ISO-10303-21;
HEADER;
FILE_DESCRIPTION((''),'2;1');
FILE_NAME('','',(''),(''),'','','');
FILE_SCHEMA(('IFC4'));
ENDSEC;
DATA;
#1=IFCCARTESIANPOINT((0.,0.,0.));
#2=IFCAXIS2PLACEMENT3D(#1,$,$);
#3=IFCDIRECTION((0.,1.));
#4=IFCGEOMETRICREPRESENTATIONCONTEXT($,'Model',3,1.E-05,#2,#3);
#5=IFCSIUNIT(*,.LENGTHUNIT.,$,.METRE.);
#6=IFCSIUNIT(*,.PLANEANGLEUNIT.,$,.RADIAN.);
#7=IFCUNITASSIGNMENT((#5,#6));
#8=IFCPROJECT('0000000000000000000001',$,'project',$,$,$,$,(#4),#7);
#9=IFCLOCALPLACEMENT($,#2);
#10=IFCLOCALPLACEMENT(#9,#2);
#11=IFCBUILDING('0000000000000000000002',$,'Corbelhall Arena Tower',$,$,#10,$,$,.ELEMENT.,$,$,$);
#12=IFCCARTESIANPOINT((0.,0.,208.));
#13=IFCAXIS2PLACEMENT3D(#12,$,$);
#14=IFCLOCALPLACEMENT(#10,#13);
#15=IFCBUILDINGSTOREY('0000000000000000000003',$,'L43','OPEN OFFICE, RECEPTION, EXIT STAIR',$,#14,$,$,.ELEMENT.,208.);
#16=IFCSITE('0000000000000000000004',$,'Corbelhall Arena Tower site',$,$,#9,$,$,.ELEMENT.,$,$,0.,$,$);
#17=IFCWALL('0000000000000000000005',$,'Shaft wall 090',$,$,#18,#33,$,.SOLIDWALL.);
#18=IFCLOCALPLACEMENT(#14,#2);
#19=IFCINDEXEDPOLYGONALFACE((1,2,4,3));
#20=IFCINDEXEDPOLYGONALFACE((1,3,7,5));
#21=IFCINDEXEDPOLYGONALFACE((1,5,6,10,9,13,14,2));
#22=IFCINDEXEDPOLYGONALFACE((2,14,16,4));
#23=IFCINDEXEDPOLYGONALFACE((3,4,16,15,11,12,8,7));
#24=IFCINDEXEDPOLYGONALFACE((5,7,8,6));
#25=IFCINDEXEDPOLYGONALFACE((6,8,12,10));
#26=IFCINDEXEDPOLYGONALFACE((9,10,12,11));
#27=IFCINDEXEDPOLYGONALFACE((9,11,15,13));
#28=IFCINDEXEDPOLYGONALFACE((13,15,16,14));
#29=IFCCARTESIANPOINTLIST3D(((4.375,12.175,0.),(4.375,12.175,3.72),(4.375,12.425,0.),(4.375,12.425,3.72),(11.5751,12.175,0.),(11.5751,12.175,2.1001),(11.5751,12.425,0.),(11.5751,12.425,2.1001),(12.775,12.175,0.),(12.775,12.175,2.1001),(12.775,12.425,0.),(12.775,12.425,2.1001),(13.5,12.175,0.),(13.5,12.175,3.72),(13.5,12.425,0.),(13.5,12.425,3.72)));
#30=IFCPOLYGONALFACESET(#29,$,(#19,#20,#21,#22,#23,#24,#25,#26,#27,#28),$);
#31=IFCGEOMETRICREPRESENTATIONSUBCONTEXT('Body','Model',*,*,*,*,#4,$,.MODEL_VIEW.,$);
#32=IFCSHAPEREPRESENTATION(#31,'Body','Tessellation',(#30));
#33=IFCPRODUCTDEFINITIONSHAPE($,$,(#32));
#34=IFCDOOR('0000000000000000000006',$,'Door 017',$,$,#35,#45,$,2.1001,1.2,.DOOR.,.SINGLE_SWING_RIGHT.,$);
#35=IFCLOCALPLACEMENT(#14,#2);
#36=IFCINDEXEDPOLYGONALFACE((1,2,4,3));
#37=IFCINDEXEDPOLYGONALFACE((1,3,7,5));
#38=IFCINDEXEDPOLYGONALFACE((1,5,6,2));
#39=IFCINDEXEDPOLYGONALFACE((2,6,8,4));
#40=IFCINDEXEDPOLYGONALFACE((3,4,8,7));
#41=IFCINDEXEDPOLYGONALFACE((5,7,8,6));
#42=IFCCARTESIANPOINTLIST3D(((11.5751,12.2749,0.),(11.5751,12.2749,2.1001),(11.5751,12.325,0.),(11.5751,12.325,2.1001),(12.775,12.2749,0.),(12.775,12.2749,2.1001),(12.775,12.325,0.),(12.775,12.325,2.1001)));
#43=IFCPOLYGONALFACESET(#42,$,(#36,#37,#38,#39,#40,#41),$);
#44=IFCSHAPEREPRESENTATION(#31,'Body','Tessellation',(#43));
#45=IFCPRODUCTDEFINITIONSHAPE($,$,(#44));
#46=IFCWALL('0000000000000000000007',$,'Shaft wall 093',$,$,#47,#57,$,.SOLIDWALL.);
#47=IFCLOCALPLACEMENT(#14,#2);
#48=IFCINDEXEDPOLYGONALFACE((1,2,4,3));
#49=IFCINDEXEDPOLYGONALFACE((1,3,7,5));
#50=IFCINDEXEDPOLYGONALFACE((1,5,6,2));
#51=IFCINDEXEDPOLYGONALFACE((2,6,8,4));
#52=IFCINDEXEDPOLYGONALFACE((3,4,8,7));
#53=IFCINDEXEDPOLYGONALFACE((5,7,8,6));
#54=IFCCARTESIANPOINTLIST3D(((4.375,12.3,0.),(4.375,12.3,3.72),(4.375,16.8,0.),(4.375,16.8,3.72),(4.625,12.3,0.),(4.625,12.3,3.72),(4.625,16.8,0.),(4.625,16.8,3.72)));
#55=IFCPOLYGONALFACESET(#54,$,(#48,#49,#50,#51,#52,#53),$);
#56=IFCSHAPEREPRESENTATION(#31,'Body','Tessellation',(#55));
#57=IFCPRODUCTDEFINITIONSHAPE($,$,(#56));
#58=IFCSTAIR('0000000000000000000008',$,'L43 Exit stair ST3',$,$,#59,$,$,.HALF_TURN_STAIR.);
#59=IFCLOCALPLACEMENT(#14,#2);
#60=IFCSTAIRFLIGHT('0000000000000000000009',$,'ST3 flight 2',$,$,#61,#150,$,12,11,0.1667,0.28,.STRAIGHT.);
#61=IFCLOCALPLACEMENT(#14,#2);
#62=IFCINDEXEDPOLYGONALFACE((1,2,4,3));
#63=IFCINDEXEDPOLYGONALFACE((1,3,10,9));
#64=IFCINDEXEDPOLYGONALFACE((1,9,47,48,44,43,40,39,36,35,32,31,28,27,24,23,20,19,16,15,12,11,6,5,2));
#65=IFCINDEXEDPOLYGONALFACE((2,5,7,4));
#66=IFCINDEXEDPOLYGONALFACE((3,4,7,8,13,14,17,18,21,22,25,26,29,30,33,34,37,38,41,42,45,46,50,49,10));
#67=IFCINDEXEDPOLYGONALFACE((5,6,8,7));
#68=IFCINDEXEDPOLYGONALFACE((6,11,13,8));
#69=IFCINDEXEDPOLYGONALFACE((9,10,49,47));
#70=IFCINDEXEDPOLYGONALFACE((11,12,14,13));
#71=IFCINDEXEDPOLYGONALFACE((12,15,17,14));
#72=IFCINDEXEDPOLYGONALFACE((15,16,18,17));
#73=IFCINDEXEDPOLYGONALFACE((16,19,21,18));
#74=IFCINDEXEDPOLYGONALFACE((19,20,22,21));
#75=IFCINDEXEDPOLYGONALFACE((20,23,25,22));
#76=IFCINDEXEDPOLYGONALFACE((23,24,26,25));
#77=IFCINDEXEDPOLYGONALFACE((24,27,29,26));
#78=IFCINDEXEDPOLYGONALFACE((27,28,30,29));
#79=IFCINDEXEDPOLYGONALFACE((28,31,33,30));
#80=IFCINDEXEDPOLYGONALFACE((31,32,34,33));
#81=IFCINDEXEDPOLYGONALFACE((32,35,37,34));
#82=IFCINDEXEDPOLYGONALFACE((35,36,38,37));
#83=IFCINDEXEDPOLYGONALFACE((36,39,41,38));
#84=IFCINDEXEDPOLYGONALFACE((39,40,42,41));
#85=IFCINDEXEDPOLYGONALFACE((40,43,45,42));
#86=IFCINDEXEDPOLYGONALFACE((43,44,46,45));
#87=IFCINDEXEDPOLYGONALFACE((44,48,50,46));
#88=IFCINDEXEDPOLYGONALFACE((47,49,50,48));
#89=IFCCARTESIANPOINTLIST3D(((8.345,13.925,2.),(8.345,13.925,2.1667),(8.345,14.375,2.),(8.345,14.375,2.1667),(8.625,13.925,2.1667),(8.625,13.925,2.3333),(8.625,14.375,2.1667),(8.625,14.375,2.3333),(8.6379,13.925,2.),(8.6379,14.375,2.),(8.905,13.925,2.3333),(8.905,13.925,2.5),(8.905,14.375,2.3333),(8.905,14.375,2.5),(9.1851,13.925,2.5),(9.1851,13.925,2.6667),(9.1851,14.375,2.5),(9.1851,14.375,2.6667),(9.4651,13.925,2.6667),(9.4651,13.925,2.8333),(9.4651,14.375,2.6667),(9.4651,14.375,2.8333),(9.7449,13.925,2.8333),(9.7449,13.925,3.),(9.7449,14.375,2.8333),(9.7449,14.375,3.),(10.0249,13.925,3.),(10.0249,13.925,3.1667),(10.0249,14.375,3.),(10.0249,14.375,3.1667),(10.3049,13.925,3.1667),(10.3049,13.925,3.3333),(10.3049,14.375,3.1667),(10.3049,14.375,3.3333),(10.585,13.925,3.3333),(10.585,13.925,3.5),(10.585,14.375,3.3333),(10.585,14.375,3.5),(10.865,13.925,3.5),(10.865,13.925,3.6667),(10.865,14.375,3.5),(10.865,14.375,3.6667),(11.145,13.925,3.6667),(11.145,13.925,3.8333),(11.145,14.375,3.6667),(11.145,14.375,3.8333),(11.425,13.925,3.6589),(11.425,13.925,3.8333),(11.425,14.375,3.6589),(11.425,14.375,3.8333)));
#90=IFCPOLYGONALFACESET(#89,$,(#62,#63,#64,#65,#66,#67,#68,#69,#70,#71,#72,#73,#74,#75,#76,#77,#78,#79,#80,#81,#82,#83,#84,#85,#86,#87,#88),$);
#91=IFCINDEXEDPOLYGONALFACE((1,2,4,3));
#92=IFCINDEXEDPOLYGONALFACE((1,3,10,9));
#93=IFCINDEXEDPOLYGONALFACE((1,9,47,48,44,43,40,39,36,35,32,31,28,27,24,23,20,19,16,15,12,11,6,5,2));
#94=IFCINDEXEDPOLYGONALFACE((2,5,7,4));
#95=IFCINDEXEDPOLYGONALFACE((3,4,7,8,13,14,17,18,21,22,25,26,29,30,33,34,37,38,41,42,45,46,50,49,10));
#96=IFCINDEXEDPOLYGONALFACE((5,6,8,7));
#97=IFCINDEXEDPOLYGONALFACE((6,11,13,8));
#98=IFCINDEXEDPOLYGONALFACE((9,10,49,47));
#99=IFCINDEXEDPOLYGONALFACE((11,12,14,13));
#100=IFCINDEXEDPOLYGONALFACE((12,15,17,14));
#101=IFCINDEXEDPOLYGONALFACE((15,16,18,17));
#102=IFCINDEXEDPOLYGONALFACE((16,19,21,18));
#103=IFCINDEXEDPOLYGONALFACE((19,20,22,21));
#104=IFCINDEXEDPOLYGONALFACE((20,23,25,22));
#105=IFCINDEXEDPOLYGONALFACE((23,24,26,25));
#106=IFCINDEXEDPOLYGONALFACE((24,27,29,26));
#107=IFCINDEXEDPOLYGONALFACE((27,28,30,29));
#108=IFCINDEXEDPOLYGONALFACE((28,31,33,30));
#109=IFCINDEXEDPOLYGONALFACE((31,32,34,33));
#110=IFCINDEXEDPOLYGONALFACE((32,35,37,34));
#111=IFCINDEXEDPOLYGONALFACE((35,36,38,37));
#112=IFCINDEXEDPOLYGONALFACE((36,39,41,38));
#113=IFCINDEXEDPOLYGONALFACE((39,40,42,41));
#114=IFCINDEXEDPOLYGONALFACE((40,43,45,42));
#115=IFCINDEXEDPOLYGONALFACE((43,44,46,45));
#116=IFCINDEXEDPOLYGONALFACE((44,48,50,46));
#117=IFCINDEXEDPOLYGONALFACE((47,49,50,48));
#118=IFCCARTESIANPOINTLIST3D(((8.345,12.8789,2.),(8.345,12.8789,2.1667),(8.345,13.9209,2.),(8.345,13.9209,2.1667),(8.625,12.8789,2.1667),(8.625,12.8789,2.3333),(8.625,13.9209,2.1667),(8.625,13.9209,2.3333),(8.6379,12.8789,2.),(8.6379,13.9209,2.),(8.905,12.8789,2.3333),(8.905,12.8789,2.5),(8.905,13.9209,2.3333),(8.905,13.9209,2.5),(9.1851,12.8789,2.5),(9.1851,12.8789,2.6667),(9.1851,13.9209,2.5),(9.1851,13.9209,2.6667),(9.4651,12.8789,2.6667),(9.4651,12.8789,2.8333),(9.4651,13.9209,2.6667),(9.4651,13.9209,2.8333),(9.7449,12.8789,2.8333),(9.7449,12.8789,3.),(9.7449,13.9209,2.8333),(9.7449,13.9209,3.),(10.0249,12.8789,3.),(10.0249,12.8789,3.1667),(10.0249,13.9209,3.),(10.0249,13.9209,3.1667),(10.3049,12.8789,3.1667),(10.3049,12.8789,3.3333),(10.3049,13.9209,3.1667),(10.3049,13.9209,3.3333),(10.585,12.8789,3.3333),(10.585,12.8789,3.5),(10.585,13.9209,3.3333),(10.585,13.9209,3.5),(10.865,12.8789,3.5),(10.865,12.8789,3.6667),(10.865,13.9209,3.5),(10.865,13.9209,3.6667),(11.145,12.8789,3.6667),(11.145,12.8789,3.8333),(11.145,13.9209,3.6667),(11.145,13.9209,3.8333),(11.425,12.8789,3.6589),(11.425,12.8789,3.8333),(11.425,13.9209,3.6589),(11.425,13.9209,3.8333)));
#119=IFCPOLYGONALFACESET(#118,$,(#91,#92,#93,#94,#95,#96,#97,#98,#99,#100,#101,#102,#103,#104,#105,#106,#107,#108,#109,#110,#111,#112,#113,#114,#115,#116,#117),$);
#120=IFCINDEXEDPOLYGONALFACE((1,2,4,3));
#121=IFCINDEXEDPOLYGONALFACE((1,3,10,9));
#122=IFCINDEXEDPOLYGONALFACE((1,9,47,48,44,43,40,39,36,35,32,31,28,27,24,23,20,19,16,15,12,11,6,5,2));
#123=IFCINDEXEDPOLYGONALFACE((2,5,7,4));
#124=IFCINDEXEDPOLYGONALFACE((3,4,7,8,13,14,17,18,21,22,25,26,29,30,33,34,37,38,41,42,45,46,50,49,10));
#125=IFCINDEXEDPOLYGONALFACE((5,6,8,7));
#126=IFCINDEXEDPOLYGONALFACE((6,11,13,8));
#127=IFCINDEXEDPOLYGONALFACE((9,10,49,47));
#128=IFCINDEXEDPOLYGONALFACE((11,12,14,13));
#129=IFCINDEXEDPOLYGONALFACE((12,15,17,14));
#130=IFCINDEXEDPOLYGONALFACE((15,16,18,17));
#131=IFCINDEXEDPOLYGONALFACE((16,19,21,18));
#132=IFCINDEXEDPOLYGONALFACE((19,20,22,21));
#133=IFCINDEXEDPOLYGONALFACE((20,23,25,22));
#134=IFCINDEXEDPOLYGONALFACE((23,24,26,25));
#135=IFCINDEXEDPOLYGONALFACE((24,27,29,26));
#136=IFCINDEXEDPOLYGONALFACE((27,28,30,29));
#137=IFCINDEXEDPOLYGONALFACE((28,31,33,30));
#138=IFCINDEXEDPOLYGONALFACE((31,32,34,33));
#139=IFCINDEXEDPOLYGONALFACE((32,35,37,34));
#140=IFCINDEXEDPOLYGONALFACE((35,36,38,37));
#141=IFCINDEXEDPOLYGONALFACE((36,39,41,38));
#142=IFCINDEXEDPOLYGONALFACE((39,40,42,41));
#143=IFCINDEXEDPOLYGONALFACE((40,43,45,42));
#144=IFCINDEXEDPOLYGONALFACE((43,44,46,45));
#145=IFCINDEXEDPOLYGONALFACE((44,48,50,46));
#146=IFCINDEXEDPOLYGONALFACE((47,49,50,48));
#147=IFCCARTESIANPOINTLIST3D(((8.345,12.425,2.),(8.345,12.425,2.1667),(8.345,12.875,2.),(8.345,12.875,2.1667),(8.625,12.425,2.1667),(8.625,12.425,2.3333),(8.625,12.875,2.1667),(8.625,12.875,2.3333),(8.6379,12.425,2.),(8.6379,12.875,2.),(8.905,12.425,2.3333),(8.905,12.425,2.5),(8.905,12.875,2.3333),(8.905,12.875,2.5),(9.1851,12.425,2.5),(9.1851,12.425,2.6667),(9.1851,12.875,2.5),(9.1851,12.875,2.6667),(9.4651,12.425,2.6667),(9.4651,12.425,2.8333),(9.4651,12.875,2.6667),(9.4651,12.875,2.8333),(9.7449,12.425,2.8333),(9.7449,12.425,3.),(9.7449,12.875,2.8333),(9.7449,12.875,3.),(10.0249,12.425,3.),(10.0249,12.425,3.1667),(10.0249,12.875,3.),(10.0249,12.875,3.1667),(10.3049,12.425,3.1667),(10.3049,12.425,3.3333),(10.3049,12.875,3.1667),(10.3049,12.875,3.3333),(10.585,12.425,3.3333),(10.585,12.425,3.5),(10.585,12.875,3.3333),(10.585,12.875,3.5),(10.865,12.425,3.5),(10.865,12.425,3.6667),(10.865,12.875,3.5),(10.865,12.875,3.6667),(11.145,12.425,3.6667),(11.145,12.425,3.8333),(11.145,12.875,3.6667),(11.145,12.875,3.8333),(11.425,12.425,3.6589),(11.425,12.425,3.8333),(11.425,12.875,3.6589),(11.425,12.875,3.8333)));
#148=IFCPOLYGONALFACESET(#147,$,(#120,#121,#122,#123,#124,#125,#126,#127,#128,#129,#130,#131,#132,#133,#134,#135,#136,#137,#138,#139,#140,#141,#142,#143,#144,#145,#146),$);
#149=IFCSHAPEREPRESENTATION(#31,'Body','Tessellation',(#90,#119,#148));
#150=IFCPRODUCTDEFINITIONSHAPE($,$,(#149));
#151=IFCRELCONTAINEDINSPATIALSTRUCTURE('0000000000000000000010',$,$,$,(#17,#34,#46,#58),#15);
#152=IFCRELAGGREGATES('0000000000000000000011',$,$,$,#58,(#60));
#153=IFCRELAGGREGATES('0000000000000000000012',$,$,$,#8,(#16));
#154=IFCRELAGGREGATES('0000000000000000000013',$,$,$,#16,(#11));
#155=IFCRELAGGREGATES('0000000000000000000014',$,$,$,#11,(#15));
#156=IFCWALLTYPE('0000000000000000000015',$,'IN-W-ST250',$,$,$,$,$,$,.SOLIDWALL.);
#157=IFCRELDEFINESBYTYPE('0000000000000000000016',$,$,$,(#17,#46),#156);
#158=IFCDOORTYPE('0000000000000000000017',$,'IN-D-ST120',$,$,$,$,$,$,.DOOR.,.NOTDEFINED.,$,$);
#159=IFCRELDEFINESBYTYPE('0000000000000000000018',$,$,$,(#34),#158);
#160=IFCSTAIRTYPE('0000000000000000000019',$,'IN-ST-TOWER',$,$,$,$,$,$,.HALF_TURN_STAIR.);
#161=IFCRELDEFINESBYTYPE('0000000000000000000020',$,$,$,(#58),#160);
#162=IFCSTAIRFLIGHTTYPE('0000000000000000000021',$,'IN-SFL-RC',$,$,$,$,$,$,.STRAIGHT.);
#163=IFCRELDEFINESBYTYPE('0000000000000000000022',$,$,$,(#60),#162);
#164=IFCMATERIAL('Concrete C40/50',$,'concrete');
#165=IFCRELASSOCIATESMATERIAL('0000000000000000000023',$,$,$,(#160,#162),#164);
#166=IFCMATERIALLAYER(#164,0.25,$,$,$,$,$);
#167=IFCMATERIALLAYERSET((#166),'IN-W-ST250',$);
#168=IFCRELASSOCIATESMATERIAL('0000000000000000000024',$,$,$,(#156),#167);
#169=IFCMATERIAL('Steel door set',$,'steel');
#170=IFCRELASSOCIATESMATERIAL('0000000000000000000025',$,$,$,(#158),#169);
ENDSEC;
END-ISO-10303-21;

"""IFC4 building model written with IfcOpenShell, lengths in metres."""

from ifc_helpers import new_model, si_unit, direction, frame, frame_2d, origin, place, context, subcontext, project, spatial, polyline, rectangle, outline, extrude, material, layer, layer_set, type_object, element, fill, aggregate, save


model = new_model("IFC4")

# Units and contexts
model_context = context("Model", 3, precision=1e-05, world=origin(), true_north=direction((0.0, 1.0)))
body_context = subcontext(model_context, "Body", "Model", "MODEL_VIEW")
ifc_project = project(units=[si_unit("LENGTHUNIT", "METRE"), si_unit("PLANEANGLEUNIT", "RADIAN")], contexts=[model_context])

# Site, building, storey
site_placement = place(None, origin())
site = spatial("IfcSite", under=ifc_project, at=site_placement, Name="Corbelhall Arena Tower site", CompositionType="ELEMENT", RefElevation=0.0)
building_placement = place(site_placement, origin())
building = spatial("IfcBuilding", under=site, at=building_placement, Name="Corbelhall Arena Tower", CompositionType="ELEMENT")
storey_placement = place(building_placement, frame((0.0, 0.0, 208.0)))
storey = spatial("IfcBuildingStorey", under=building, at=storey_placement, Name="L43", Description="OPEN OFFICE, RECEPTION, EXIT STAIR", CompositionType="ELEMENT", Elevation=208.0)

# Shared definitions
ifc_material_1 = material(Name="Concrete C40/50", Category="concrete")
stair_type = type_object("IfcStairType", Name="IN-ST-TOWER", PredefinedType="HALF_TURN_STAIR", material=ifc_material_1)

# Shared definitions
ifc_material_2 = material(Name="Steel door set", Category="steel")

# Wall, opening, door
ifc_layer_1 = layer(ifc_material_1, 0.25)
ifc_layer_set_1 = layer_set([ifc_layer_1], Name="IN-W-ST250")
wall_type_1 = type_object("IfcWallType", Name="IN-W-ST250", PredefinedType="SOLIDWALL", material=ifc_layer_set_1)
wall_1_placement = place(storey_placement, frame((4.375, 12.3, 0.0), z_axis=(0.0, 0.0, 1.0), x_axis=(1.0, 0.0, 0.0)))
wall_1 = element("IfcWall", 1, at=wall_1_placement, inside=storey, type_object=wall_type_1, Name="Shaft wall 090", PredefinedType="SOLIDWALL", context=body_context, shape_type="SweptSolid", body=[
    extrude(rectangle(XDim=9.125, YDim=0.25, at=frame_2d((4.5625, 0.0))), origin(), (0.0, 0.0, 1.0), 3.72),
])
opening_1_placement = place(wall_1_placement, frame((7.2, 0.0, 0.0)))
opening_1 = element("IfcOpeningElement", 2, at=opening_1_placement, cuts=wall_1, PredefinedType="OPENING", context=body_context, shape_type="SweptSolid", body=[
    extrude(rectangle(XDim=1.2, YDim=2.1001, at=frame_2d((0.6001, 1.05))), frame((0.0, 0.125, 0.0), z_axis=(0.0, -1.0, 0.0), x_axis=(1.0, 0.0, 0.0)), (0.0, 0.0, 1.0), 0.25),
])
door_type_1 = type_object("IfcDoorType", Name="IN-D-ST120", OperationType="NOTDEFINED", PredefinedType="DOOR", material=ifc_material_2)
door_1_placement = place(opening_1_placement, origin())
door_1 = element("IfcDoor", 3, at=door_1_placement, inside=storey, type_object=door_type_1, Name="Door 017", OperationType="SINGLE_SWING_RIGHT", OverallHeight=2.1001, OverallWidth=1.2, PredefinedType="DOOR", context=body_context, shape_type="SweptSolid", body=[
    extrude(rectangle(XDim=1.2, YDim=2.1001, at=frame_2d((0.6001, 1.05))), frame((0.0, 0.0249, 0.0), z_axis=(0.0, -1.0, 0.0), x_axis=(1.0, 0.0, 0.0)), (0.0, 0.0, 1.0), 0.05),
])
fill(opening_1, door_1)

# Wall
wall_2_placement = place(storey_placement, frame((4.5, 12.3, 0.0), z_axis=(0.0, 0.0, 1.0), x_axis=(0.0, 1.0, 0.0)))
element("IfcWall", 4, at=wall_2_placement, inside=storey, type_object=wall_type_1, Name="Shaft wall 093", PredefinedType="SOLIDWALL", context=body_context, shape_type="SweptSolid", body=[
    extrude(rectangle(XDim=4.5, YDim=0.25, at=frame_2d((2.25, 0.0))), origin(), (0.0, 0.0, 1.0), 3.72),
])

# Stair, stair flight
stair_1_placement = place(storey_placement, origin())
stair_1 = element("IfcStair", 5, at=stair_1_placement, inside=storey, type_object=stair_type, Name="L43 Exit stair ST3", PredefinedType="HALF_TURN_STAIR")
stair_flight_type = type_object("IfcStairFlightType", Name="IN-SFL-RC", PredefinedType="STRAIGHT", material=ifc_material_1)
stair_flight_placement = place(storey_placement, frame((8.345, 13.3999, 2.0), z_axis=(0.0, 0.0, 1.0), x_axis=(1.0, 0.0, 0.0)))
stair_flight = element("IfcStairFlight", 6, at=stair_flight_placement, type_object=stair_flight_type, Name="ST3 flight 2", NumberOfRisers=12, NumberOfTreads=11, PredefinedType="STRAIGHT", RiserHeight=0.1667, TreadLength=0.28, context=body_context, shape_type="SweptSolid", body=[
    extrude(outline(polyline([(0.0, 0.0), (0.0, 0.1667), (0.28, 0.1667), (0.28, 0.3333), (0.5601, 0.3333), (0.5601, 0.5), (0.8401, 0.5), (0.8401, 0.6667), (1.1201, 0.6667), (1.1201, 0.8333), (1.3999, 0.8333), (1.3999, 1.0), (1.6799, 1.0), (1.6799, 1.1667), (1.96, 1.1667), (1.96, 1.3333), (2.24, 1.3333), (2.24, 1.5), (2.52, 1.5), (2.52, 1.6667), (2.8, 1.6667), (2.8, 1.8333), (3.0801, 1.8333), (3.0801, 2.0), (3.0801, 1.6589), (0.293, 0.0), (0.0, 0.0)])), frame((0.0, 0.9751, 0.0), z_axis=(0.0, -1.0, 0.0), x_axis=(1.0, 0.0, 0.0)), (0.0, 0.0, 1.0), 0.45),
    extrude(outline(polyline([(0.0, 0.0), (0.0, 0.1667), (0.28, 0.1667), (0.28, 0.3333), (0.5601, 0.3333), (0.5601, 0.5), (0.8401, 0.5), (0.8401, 0.6667), (1.1201, 0.6667), (1.1201, 0.8333), (1.3999, 0.8333), (1.3999, 1.0), (1.6799, 1.0), (1.6799, 1.1667), (1.96, 1.1667), (1.96, 1.3333), (2.24, 1.3333), (2.24, 1.5), (2.52, 1.5), (2.52, 1.6667), (2.8, 1.6667), (2.8, 1.8333), (3.0801, 1.8333), (3.0801, 2.0), (3.0801, 1.6589), (0.293, 0.0), (0.0, 0.0)])), frame((0.0, 0.521, 0.0), z_axis=(0.0, -1.0, 0.0), x_axis=(1.0, 0.0, 0.0)), (0.0, 0.0, 1.0), 1.042),
    extrude(outline(polyline([(0.0, 0.0), (0.0, 0.1667), (0.28, 0.1667), (0.28, 0.3333), (0.5601, 0.3333), (0.5601, 0.5), (0.8401, 0.5), (0.8401, 0.6667), (1.1201, 0.6667), (1.1201, 0.8333), (1.3999, 0.8333), (1.3999, 1.0), (1.6799, 1.0), (1.6799, 1.1667), (1.96, 1.1667), (1.96, 1.3333), (2.24, 1.3333), (2.24, 1.5), (2.52, 1.5), (2.52, 1.6667), (2.8, 1.6667), (2.8, 1.8333), (3.0801, 1.8333), (3.0801, 2.0), (3.0801, 1.6589), (0.293, 0.0), (0.0, 0.0)])), frame((0.0, -0.5249, 0.0), z_axis=(0.0, -1.0, 0.0), x_axis=(1.0, 0.0, 0.0)), (0.0, 0.0, 1.0), 0.45),
])
aggregate(stair_1, [stair_flight])

save(model, "model.ifc")
